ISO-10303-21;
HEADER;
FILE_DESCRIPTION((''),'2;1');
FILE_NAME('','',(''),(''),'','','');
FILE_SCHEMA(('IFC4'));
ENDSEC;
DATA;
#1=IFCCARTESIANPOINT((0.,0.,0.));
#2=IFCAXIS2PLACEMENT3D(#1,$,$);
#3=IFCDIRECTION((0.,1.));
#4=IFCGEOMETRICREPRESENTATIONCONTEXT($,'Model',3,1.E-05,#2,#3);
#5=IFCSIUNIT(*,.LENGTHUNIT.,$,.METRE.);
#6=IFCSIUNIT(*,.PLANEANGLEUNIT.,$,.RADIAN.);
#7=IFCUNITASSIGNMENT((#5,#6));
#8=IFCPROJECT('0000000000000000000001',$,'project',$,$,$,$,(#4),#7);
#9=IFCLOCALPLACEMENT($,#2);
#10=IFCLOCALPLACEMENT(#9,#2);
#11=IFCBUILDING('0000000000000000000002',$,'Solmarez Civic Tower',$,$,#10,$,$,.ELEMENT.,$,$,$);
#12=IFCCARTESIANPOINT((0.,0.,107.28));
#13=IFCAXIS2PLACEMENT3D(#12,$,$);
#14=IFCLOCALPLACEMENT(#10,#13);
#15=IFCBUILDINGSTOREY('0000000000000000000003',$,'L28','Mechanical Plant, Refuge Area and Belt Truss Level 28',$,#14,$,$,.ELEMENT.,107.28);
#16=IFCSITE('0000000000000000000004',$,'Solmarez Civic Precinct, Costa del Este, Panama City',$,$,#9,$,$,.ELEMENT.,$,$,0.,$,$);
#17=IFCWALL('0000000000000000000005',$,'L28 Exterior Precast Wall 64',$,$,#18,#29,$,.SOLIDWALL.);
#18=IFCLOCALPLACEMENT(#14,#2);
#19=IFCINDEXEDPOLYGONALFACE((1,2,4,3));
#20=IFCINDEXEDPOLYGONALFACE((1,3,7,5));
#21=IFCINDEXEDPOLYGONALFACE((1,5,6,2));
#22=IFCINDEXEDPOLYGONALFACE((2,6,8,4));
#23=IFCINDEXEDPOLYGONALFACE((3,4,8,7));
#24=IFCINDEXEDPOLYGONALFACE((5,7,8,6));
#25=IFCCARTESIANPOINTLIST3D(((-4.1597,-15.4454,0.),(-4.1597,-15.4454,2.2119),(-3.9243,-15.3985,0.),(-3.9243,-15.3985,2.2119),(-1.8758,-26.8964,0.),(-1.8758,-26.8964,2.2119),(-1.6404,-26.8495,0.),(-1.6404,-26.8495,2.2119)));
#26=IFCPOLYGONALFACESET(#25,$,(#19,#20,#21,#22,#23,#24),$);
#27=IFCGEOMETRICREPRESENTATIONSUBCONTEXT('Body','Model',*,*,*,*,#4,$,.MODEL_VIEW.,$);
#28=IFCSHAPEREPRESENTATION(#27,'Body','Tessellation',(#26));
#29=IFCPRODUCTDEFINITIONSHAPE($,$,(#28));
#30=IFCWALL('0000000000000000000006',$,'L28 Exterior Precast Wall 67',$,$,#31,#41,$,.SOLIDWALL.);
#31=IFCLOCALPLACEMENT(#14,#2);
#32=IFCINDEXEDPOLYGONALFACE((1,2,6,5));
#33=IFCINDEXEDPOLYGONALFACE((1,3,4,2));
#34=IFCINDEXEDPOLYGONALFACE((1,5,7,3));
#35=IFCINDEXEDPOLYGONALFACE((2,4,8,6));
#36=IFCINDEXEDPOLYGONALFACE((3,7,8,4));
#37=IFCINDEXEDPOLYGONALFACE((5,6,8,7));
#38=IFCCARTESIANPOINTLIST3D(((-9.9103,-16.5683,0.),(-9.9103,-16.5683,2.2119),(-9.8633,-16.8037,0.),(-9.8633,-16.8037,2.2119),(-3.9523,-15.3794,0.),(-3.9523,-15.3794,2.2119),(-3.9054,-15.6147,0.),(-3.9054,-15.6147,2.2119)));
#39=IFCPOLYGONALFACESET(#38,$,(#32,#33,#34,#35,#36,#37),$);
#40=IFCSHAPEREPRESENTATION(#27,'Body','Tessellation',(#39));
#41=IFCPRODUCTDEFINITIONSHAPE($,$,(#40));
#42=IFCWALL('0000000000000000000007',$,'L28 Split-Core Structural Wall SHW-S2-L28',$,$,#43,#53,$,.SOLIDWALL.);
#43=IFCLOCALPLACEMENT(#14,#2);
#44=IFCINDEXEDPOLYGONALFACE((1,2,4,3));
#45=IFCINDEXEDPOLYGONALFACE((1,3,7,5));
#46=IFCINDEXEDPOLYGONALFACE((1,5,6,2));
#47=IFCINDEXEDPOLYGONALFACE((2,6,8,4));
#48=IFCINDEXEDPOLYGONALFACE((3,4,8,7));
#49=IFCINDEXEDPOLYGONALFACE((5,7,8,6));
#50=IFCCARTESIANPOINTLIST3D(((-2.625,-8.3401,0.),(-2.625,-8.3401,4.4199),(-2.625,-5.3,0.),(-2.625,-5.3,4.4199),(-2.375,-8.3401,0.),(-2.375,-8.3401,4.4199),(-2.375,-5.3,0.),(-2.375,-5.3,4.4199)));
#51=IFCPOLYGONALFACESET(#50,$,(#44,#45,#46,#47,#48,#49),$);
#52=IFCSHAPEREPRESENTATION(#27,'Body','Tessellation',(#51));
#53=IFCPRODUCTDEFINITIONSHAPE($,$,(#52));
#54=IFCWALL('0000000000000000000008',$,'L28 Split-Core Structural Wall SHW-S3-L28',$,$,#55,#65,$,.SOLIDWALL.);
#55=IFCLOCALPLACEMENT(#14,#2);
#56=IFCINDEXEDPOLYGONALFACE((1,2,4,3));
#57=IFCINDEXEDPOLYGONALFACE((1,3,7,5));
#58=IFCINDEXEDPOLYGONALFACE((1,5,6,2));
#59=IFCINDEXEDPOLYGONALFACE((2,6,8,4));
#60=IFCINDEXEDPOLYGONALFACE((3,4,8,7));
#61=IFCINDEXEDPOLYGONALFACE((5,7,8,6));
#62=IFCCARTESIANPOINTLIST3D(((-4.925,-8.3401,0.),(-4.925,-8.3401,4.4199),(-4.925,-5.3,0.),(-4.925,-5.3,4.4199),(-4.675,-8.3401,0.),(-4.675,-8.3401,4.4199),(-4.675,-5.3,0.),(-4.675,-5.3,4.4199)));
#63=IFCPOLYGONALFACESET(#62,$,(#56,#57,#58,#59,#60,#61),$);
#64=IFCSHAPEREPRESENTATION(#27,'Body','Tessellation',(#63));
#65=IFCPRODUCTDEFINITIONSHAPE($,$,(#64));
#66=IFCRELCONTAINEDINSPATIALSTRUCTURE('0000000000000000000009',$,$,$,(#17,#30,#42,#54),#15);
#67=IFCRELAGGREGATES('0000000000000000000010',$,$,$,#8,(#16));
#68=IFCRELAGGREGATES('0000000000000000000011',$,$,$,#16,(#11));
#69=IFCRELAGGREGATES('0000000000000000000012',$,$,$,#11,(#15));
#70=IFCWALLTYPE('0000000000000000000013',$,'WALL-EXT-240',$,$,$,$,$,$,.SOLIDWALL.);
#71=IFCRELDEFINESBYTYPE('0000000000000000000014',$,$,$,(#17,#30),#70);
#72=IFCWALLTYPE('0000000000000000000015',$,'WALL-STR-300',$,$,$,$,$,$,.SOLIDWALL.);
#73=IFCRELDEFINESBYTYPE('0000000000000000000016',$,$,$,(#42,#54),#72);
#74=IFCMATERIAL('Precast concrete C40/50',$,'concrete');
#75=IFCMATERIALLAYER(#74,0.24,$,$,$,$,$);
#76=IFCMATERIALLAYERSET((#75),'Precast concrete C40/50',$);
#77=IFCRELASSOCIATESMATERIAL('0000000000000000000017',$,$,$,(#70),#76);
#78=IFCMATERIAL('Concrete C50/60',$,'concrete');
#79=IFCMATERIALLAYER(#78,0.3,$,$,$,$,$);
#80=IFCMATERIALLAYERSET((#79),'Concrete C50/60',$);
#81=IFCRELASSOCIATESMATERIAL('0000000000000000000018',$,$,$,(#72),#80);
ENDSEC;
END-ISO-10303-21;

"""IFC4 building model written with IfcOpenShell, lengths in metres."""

from ifc_helpers import new_model, si_unit, direction, frame, frame_2d, origin, place, context, subcontext, project, spatial, rectangle, extrude, material, layer, layer_set, type_object, element, save


model = new_model("IFC4")

# Units and contexts
model_context = context("Model", 3, precision=1e-05, world=origin(), true_north=direction((0.0, 1.0)))
body_context = subcontext(model_context, "Body", "Model", "MODEL_VIEW")
ifc_project = project(units=[si_unit("LENGTHUNIT", "METRE"), si_unit("PLANEANGLEUNIT", "RADIAN")], contexts=[model_context])

# Site, building, storey
site_placement = place(None, origin())
site = spatial("IfcSite", under=ifc_project, at=site_placement, Name="Solmarez Civic Precinct, Costa del Este, Panama City", CompositionType="ELEMENT", RefElevation=0.0)
building_placement = place(site_placement, origin())
building = spatial("IfcBuilding", under=site, at=building_placement, Name="Solmarez Civic Tower", CompositionType="ELEMENT")
storey_placement = place(building_placement, frame((0.0, 0.0, 107.28)))
storey = spatial("IfcBuildingStorey", under=building, at=storey_placement, Name="L28", Description="Mechanical Plant, Refuge Area and Belt Truss Level 28", CompositionType="ELEMENT", Elevation=107.28)

# Walls
ifc_material_1 = material(Name="Precast concrete C40/50", Category="concrete")
ifc_layer_1 = layer(ifc_material_1, 0.24)
ifc_layer_set_1 = layer_set([ifc_layer_1], Name="Precast concrete C40/50")
wall_type_1 = type_object("IfcWallType", Name="WALL-EXT-240", PredefinedType="SOLIDWALL", material=ifc_layer_set_1)
wall_1_placement = place(storey_placement, frame((-1.7581, -26.873, 0.0), z_axis=(0.0, 0.0, 1.0), x_axis=(-0.195601, 0.980683, 0.0)))
element("IfcWall", 1, at=wall_1_placement, inside=storey, type_object=wall_type_1, Name="L28 Exterior Precast Wall 64", PredefinedType="SOLIDWALL", context=body_context, shape_type="SweptSolid", body=[
    extrude(rectangle(XDim=11.6765, YDim=0.24, at=frame_2d((5.8384, 0.0))), origin(), (0.0, 0.0, 1.0), 2.2119),
])
wall_2_placement = place(storey_placement, frame((-3.929, -15.4971, 0.0), z_axis=(0.0, 0.0, 1.0), x_axis=(-0.980664, -0.195699, 0.0)))
element("IfcWall", 2, at=wall_2_placement, inside=storey, type_object=wall_type_1, Name="L28 Exterior Precast Wall 67", PredefinedType="SOLIDWALL", context=body_context, shape_type="SweptSolid", body=[
    extrude(rectangle(XDim=6.0754, YDim=0.24, at=frame_2d((3.0376, 0.0))), origin(), (0.0, 0.0, 1.0), 2.2119),
])
ifc_material_2 = material(Name="Concrete C50/60", Category="concrete")
ifc_layer_2 = layer(ifc_material_2, 0.3)
ifc_layer_set_2 = layer_set([ifc_layer_2], Name="Concrete C50/60")
wall_type_2 = type_object("IfcWallType", Name="WALL-STR-300", PredefinedType="SOLIDWALL", material=ifc_layer_set_2)
for number, where, z_axis, x_axis, name in (
    (3, (-2.5, -8.3401, 0.0), (0.0, 0.0, 1.0), (0.0, 1.0, 0.0), "L28 Split-Core Structural Wall SHW-S2-L28"),
    (4, (-4.8, -8.3401, 0.0), (0.0, 0.0, 1.0), (0.0, 1.0, 0.0), "L28 Split-Core Structural Wall SHW-S3-L28"),
):
    element("IfcWall", number, at=place(storey_placement, frame(where, z_axis=z_axis, x_axis=x_axis)), inside=storey, type_object=wall_type_2, Name=name, PredefinedType="SOLIDWALL", context=body_context, shape_type="SweptSolid", body=[
        extrude(rectangle(XDim=3.04, YDim=0.25, at=frame_2d((1.52, 0.0))), origin(), (0.0, 0.0, 1.0), 4.4199),
    ])

save(model, "model.ifc")
